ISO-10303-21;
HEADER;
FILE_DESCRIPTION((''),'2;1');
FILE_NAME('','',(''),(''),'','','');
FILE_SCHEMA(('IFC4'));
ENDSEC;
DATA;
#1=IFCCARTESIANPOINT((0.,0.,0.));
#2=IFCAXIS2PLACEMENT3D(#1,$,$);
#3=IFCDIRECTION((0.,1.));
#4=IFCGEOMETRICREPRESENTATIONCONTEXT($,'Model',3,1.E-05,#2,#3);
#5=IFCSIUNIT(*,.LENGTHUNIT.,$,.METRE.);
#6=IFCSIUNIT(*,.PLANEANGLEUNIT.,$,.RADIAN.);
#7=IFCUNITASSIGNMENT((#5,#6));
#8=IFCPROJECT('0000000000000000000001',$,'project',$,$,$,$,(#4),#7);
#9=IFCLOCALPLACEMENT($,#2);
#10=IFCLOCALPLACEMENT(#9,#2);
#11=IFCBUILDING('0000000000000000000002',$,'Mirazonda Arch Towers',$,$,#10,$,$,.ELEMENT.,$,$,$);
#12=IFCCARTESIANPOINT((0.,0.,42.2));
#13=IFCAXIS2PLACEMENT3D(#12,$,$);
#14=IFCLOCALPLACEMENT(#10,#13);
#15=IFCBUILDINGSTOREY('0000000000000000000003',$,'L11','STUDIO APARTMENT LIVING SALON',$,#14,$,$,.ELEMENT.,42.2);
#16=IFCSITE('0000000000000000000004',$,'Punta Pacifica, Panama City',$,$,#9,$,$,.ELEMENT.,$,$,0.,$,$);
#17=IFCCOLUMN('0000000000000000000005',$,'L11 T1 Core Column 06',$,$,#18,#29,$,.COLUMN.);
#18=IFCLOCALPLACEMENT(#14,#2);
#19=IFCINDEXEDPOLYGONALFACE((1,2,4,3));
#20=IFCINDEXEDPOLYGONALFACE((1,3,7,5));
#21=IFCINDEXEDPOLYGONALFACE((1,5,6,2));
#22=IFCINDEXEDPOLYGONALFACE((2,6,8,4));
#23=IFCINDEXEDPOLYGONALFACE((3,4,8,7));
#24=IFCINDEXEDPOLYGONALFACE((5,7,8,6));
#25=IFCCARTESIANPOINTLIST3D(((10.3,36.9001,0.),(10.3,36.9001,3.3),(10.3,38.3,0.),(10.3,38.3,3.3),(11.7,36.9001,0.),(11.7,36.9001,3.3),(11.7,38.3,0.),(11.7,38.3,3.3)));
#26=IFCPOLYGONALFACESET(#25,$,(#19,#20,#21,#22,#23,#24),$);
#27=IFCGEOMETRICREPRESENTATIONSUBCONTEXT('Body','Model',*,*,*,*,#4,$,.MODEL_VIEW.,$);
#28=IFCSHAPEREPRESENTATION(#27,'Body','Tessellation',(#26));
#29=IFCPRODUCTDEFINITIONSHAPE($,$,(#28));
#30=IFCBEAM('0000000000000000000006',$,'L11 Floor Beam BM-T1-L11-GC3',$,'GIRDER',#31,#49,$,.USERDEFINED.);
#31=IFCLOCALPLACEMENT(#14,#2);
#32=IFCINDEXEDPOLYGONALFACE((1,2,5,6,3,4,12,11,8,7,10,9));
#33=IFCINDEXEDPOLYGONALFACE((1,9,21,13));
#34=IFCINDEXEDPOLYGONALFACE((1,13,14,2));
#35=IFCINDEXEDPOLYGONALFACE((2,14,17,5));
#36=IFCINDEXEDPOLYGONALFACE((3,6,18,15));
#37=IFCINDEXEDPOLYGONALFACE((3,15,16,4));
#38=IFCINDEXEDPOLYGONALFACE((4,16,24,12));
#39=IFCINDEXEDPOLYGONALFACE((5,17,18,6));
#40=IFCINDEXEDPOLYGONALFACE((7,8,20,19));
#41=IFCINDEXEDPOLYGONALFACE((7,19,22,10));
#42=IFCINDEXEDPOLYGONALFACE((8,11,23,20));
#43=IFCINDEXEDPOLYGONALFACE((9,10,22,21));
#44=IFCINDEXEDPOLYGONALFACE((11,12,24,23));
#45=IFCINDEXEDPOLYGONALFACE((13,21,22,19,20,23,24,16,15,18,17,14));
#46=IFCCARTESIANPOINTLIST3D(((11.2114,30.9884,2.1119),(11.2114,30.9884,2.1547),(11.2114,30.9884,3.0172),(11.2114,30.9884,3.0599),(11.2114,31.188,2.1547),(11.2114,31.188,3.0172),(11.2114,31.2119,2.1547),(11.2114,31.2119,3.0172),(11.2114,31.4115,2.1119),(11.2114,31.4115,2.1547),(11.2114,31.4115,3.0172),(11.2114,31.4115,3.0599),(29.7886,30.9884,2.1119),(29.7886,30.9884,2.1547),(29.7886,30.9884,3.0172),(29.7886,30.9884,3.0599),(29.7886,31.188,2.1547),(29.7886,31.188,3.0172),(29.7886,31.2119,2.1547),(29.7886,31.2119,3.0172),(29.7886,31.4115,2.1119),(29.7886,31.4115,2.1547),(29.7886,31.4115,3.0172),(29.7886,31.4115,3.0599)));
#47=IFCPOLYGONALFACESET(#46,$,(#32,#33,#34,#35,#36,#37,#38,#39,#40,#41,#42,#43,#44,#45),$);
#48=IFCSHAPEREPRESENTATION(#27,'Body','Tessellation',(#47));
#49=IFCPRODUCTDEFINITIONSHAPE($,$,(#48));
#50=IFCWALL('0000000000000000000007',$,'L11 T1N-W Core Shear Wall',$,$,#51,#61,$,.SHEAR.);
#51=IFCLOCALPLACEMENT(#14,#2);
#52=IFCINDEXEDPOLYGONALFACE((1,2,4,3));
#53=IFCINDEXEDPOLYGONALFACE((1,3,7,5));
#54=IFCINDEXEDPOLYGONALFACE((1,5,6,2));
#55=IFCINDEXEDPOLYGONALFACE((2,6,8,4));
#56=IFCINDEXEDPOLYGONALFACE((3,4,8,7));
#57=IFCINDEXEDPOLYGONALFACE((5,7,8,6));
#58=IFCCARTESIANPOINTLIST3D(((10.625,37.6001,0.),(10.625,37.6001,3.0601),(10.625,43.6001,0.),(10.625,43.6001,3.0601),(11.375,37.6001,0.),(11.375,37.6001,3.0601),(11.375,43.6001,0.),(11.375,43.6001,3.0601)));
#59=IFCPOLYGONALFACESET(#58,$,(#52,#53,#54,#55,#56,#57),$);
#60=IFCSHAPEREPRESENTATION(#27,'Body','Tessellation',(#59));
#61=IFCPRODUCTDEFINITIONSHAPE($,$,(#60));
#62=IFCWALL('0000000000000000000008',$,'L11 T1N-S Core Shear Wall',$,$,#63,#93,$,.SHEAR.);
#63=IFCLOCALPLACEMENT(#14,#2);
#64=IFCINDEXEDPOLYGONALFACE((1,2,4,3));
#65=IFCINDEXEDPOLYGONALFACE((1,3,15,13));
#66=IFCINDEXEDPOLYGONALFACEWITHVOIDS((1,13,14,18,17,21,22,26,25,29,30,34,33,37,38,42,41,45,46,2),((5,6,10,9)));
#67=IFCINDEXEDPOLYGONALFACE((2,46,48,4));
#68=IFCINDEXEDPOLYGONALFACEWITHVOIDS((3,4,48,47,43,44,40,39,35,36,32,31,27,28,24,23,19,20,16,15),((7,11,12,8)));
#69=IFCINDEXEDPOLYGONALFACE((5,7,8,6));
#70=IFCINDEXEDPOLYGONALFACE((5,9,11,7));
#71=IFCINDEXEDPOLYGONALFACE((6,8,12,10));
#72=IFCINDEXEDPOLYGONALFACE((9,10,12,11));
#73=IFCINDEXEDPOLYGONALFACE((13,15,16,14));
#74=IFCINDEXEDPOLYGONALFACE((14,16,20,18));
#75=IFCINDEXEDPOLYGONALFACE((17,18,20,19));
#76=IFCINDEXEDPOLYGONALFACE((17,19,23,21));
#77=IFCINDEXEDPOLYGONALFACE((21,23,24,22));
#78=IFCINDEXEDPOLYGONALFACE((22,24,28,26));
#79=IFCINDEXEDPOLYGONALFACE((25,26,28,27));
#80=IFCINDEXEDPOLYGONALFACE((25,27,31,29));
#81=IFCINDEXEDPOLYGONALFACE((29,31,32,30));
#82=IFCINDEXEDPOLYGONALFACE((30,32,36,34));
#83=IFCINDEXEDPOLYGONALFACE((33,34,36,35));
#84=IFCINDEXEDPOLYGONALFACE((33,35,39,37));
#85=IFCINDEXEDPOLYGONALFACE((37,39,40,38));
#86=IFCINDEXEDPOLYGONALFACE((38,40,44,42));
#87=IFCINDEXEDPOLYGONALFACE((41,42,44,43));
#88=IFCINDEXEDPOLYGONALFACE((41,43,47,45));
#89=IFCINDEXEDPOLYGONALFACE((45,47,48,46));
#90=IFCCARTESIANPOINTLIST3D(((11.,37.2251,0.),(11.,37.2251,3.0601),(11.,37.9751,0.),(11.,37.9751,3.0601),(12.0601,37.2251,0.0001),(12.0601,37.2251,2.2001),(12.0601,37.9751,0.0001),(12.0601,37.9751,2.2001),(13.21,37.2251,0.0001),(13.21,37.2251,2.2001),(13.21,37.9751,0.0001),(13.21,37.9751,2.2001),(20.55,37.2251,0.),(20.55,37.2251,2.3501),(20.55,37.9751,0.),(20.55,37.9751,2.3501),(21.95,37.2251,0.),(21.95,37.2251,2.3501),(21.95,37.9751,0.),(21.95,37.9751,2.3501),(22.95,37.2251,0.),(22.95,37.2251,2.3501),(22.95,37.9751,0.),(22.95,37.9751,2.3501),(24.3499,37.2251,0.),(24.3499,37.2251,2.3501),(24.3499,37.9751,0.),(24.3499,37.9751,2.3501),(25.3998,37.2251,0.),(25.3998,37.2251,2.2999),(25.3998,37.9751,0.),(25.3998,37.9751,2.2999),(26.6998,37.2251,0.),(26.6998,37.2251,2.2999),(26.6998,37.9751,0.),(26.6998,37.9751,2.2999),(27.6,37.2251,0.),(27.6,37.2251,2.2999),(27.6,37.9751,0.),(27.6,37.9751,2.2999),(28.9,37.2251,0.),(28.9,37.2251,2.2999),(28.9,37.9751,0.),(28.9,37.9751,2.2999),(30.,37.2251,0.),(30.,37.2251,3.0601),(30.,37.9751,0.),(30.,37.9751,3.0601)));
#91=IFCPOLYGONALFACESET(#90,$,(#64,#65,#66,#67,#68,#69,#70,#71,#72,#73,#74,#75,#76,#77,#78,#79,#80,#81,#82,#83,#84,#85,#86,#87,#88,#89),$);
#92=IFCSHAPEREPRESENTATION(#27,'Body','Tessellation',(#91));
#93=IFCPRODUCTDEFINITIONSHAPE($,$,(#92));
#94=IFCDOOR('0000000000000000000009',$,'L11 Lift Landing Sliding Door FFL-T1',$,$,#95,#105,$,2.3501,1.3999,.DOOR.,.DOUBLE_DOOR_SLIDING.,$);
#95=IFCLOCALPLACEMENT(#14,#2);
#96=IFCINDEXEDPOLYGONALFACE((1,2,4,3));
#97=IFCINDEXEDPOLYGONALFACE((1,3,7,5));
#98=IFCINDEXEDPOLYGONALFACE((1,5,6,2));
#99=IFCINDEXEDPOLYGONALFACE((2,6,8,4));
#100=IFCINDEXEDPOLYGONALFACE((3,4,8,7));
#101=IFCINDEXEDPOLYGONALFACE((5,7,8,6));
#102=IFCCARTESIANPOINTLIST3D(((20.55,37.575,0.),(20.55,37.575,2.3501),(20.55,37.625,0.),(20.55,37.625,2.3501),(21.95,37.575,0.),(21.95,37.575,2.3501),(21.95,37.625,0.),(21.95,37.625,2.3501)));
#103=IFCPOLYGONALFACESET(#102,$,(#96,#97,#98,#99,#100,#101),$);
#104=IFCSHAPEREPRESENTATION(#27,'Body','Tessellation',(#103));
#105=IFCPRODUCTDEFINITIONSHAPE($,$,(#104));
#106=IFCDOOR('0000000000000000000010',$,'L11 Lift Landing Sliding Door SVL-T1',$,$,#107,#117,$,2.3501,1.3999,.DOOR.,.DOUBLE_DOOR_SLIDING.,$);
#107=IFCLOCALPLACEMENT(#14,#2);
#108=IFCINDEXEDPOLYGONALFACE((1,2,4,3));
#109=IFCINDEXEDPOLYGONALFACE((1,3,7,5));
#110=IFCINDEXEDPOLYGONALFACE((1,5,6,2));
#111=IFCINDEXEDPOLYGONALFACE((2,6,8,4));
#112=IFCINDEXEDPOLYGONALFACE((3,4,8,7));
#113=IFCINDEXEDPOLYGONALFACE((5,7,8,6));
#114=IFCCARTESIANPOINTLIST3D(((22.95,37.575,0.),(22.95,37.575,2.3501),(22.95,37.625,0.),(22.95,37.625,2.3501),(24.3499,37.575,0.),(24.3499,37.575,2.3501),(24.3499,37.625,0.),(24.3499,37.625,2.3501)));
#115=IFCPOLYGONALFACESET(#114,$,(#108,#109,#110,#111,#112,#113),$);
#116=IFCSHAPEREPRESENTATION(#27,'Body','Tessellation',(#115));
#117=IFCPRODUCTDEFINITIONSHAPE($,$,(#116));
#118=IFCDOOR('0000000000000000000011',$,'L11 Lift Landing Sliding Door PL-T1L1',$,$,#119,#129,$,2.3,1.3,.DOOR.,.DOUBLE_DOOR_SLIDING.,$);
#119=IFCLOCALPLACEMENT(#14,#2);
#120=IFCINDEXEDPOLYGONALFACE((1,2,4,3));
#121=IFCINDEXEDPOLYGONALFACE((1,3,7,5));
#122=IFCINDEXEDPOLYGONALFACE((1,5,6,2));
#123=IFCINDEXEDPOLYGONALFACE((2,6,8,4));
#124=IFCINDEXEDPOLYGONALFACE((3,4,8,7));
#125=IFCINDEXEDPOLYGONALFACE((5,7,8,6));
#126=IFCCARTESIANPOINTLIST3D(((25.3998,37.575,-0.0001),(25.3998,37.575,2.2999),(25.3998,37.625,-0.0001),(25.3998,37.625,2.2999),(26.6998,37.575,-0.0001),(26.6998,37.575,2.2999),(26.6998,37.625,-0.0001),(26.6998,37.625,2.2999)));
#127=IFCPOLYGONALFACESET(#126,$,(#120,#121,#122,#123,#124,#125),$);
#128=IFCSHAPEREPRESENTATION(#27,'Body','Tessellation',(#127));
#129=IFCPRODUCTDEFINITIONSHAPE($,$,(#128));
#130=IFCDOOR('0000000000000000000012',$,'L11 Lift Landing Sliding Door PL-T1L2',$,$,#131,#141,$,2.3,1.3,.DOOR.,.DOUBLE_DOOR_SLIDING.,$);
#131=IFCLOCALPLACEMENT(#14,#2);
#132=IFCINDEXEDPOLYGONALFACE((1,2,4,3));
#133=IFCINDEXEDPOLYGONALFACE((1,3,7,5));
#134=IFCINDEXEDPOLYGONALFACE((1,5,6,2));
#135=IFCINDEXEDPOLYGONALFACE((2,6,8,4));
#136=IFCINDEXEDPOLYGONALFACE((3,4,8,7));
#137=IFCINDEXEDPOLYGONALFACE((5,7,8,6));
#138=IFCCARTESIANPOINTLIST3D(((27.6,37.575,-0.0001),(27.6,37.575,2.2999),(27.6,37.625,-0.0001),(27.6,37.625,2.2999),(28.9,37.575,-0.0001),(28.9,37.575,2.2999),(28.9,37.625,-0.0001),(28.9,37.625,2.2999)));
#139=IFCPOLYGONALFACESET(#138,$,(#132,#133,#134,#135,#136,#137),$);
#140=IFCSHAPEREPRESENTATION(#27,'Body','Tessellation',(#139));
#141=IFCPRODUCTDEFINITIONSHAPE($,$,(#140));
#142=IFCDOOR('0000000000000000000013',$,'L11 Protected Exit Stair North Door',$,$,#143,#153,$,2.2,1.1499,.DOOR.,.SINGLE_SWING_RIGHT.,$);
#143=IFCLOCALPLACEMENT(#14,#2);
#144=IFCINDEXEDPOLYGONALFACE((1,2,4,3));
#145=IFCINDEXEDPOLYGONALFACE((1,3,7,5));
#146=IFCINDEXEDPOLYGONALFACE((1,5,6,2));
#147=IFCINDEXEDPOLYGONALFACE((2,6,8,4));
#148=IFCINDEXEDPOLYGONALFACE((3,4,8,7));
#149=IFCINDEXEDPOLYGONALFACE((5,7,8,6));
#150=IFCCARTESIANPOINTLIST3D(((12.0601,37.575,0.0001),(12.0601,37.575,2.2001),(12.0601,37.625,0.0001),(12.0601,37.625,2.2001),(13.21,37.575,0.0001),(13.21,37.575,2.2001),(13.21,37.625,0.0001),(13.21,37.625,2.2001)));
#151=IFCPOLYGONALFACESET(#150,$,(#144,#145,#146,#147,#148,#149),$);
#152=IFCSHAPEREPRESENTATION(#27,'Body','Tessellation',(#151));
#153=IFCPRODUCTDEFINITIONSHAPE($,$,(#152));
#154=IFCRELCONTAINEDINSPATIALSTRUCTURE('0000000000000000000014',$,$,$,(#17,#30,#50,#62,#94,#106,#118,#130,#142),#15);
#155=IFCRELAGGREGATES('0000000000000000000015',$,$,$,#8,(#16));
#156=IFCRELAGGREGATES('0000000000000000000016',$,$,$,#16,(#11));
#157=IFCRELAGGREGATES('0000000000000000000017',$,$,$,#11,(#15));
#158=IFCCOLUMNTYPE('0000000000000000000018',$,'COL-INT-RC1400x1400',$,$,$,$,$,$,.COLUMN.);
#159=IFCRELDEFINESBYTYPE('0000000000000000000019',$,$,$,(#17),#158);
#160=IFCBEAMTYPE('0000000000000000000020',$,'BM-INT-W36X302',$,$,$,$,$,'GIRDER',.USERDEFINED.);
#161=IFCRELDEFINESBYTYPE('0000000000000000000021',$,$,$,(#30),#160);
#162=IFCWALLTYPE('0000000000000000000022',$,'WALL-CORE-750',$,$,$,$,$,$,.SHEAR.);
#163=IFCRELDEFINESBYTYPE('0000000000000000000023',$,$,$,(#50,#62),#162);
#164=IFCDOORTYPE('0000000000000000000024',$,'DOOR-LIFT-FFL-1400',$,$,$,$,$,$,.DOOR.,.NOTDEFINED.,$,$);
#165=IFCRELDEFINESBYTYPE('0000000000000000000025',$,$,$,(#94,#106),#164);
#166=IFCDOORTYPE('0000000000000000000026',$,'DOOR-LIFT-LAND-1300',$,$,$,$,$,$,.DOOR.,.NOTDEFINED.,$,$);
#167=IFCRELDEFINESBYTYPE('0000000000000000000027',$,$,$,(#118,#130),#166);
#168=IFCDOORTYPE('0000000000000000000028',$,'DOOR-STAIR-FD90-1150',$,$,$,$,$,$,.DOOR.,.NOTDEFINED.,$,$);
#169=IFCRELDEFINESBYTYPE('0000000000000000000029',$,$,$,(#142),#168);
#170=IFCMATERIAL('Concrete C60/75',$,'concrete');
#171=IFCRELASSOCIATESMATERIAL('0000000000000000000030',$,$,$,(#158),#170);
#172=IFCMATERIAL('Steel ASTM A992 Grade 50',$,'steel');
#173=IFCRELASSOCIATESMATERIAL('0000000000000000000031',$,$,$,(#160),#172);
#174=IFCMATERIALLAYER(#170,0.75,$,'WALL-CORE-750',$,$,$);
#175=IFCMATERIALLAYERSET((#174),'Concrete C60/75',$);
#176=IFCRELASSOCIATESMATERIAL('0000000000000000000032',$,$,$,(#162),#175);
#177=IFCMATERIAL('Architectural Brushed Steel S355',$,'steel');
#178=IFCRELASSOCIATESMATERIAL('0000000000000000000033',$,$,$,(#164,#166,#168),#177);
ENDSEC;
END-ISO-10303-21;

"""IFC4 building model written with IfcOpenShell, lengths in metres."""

from ifc_helpers import new_model, si_unit, direction, frame, frame_2d, origin, origin_2d, place, context, subcontext, project, spatial, rectangle, i_section, extrude, material, layer, layer_set, material_profile, profile_set, type_object, element, fill, save


model = new_model("IFC4")

# Units and contexts
model_context = context("Model", 3, precision=1e-05, world=origin(), true_north=direction((0.0, 1.0)))
body_context = subcontext(model_context, "Body", "Model", "MODEL_VIEW")
ifc_project = project(units=[si_unit("LENGTHUNIT", "METRE"), si_unit("PLANEANGLEUNIT", "RADIAN")], contexts=[model_context])

# Site, building, storey
site_placement = place(None, origin())
site = spatial("IfcSite", under=ifc_project, at=site_placement, Name="Punta Pacifica, Panama City", CompositionType="ELEMENT", RefElevation=0.0)
building_placement = place(site_placement, origin())
building = spatial("IfcBuilding", under=site, at=building_placement, Name="Mirazonda Arch Towers", CompositionType="ELEMENT")
storey_placement = place(building_placement, frame((0.0, 0.0, 42.2)))
storey = spatial("IfcBuildingStorey", under=building, at=storey_placement, Name="L11", Description="STUDIO APARTMENT LIVING SALON", CompositionType="ELEMENT", Elevation=42.2)

# Column
ifc_material_1 = material(Name="Concrete C60/75", Category="concrete")
ifc_material_profile_1 = material_profile(ifc_material_1, rectangle(XDim=1.3999, YDim=1.3999, at=origin_2d()), Name="RC1400x1400")
ifc_profile_set_1 = profile_set([ifc_material_profile_1], Name="Concrete C60/75")
column_type = type_object("IfcColumnType", Name="COL-INT-RC1400x1400", PredefinedType="COLUMN", material=ifc_profile_set_1)
column_placement = place(storey_placement, frame((11.0, 37.6001, 0.0), z_axis=(0.0, 0.0, 1.0), x_axis=(1.0, 0.0, 0.0)))
element("IfcColumn", 1, at=column_placement, inside=storey, type_object=column_type, Name="L11 T1 Core Column 06", PredefinedType="COLUMN", context=body_context, shape_type="SweptSolid", body=[
    extrude(rectangle(XDim=1.3999, YDim=1.3999, at=origin_2d()), origin(), (0.0, 0.0, 1.0), 3.3),
])

# Beam
ifc_material_2 = material(Name="Steel ASTM A992 Grade 50", Category="steel")
ifc_material_profile_2 = material_profile(ifc_material_2, i_section(OverallWidth=0.4231, OverallDepth=0.948, WebThickness=0.0239, FlangeThickness=0.0427, at=origin_2d()), Name="W36X302")
ifc_profile_set_2 = profile_set([ifc_material_profile_2], Name="Steel ASTM A992 Grade 50")
beam_type = type_object("IfcBeamType", Name="BM-INT-W36X302", ElementType="GIRDER", PredefinedType="USERDEFINED", material=ifc_profile_set_2)
beam_placement = place(storey_placement, frame((11.2114, 31.2, 2.5859), z_axis=(1.0, 0.0, 0.0), x_axis=(0.0, 1.0, 0.0)))
element("IfcBeam", 2, at=beam_placement, inside=storey, type_object=beam_type, Name="L11 Floor Beam BM-T1-L11-GC3", ObjectType="GIRDER", PredefinedType="USERDEFINED", context=body_context, shape_type="SweptSolid", body=[
    extrude(i_section(OverallWidth=0.4231, OverallDepth=0.948, WebThickness=0.0239, FlangeThickness=0.0427, at=origin_2d()), origin(), (0.0, 0.0, 1.0), 18.5771),
])

# Wall
ifc_layer_1 = layer(ifc_material_1, 0.75, Name="WALL-CORE-750")
ifc_layer_set_1 = layer_set([ifc_layer_1], Name="Concrete C60/75")
wall_type_1 = type_object("IfcWallType", Name="WALL-CORE-750", PredefinedType="SHEAR", material=ifc_layer_set_1)
wall_1_placement = place(storey_placement, frame((11.0, 37.6001, 0.0), z_axis=(0.0, 0.0, 1.0), x_axis=(0.0, 1.0, 0.0)))
element("IfcWall", 3, at=wall_1_placement, inside=storey, type_object=wall_type_1, Name="L11 T1N-W Core Shear Wall", PredefinedType="SHEAR", context=body_context, shape_type="SweptSolid", body=[
    extrude(rectangle(XDim=6.0, YDim=0.75, at=frame_2d((3.0, 0.0))), origin(), (0.0, 0.0, 1.0), 3.0601),
])

# Wall, openings, doors
wall_2_placement = place(storey_placement, frame((11.0, 37.6001, 0.0), z_axis=(0.0, 0.0, 1.0), x_axis=(1.0, 0.0, 0.0)))
wall_2 = element("IfcWall", 4, at=wall_2_placement, inside=storey, type_object=wall_type_1, Name="L11 T1N-S Core Shear Wall", PredefinedType="SHEAR", context=body_context, shape_type="SweptSolid", body=[
    extrude(rectangle(XDim=19.0, YDim=0.75, at=frame_2d((9.5, 0.0))), origin(), (0.0, 0.0, 1.0), 3.0601),
])
opening_1_placement = place(wall_2_placement, frame((1.0601, 0.0, 0.0)))
opening_1 = element("IfcOpeningElement", 5, at=opening_1_placement, cuts=wall_2, PredefinedType="OPENING", context=body_context, shape_type="SweptSolid", body=[
    extrude(rectangle(XDim=1.1499, YDim=2.2, at=frame_2d((0.575, 1.1001))), frame((0.0, 0.385, 0.0), z_axis=(0.0, -1.0, 0.0), x_axis=(1.0, 0.0, 0.0)), (0.0, 0.0, 1.0), 0.77),
])
opening_2_placement = place(wall_2_placement, frame((9.55, 0.0, 0.0)))
opening_2 = element("IfcOpeningElement", 6, at=opening_2_placement, cuts=wall_2, PredefinedType="OPENING", context=body_context, shape_type="SweptSolid", body=[
    extrude(rectangle(XDim=1.3999, YDim=2.3501, at=frame_2d((0.7, 1.175))), frame((0.0, 0.385, 0.0), z_axis=(0.0, -1.0, 0.0), x_axis=(1.0, 0.0, 0.0)), (0.0, 0.0, 1.0), 0.77),
])
opening_3_placement = place(wall_2_placement, frame((11.95, 0.0, 0.0)))
opening_3 = element("IfcOpeningElement", 7, at=opening_3_placement, cuts=wall_2, PredefinedType="OPENING", context=body_context, shape_type="SweptSolid", body=[
    extrude(rectangle(XDim=1.3999, YDim=2.3501, at=frame_2d((0.7, 1.175))), frame((0.0, 0.385, 0.0), z_axis=(0.0, -1.0, 0.0), x_axis=(1.0, 0.0, 0.0)), (0.0, 0.0, 1.0), 0.77),
])
opening_4_placement = place(wall_2_placement, frame((14.3999, 0.0, 0.0)))
opening_4 = element("IfcOpeningElement", 8, at=opening_4_placement, cuts=wall_2, PredefinedType="OPENING", context=body_context, shape_type="SweptSolid", body=[
    extrude(rectangle(XDim=1.3, YDim=2.3, at=frame_2d((0.6499, 1.1499))), frame((0.0, 0.385, 0.0), z_axis=(0.0, -1.0, 0.0), x_axis=(1.0, 0.0, 0.0)), (0.0, 0.0, 1.0), 0.77),
])
opening_5_placement = place(wall_2_placement, frame((16.6001, 0.0, 0.0)))
opening_5 = element("IfcOpeningElement", 9, at=opening_5_placement, cuts=wall_2, PredefinedType="OPENING", context=body_context, shape_type="SweptSolid", body=[
    extrude(rectangle(XDim=1.3, YDim=2.3, at=frame_2d((0.6499, 1.1499))), frame((0.0, 0.385, 0.0), z_axis=(0.0, -1.0, 0.0), x_axis=(1.0, 0.0, 0.0)), (0.0, 0.0, 1.0), 0.77),
])
ifc_material_3 = material(Name="Architectural Brushed Steel S355", Category="steel")
door_type_1 = type_object("IfcDoorType", Name="DOOR-LIFT-FFL-1400", OperationType="NOTDEFINED", PredefinedType="DOOR", material=ifc_material_3)
door_1_placement = place(opening_2_placement, origin())
door_1 = element("IfcDoor", 10, at=door_1_placement, inside=storey, type_object=door_type_1, Name="L11 Lift Landing Sliding Door FFL-T1", OperationType="DOUBLE_DOOR_SLIDING", OverallHeight=2.3501, OverallWidth=1.3999, PredefinedType="DOOR", context=body_context, shape_type="SweptSolid", body=[
    extrude(rectangle(XDim=1.3999, YDim=2.3501, at=frame_2d((0.7, 1.175))), frame((0.0, 0.0249, 0.0), z_axis=(0.0, -1.0, 0.0), x_axis=(1.0, 0.0, 0.0)), (0.0, 0.0, 1.0), 0.05),
])
fill(opening_2, door_1)
door_2_placement = place(opening_3_placement, origin())
door_2 = element("IfcDoor", 11, at=door_2_placement, inside=storey, type_object=door_type_1, Name="L11 Lift Landing Sliding Door SVL-T1", OperationType="DOUBLE_DOOR_SLIDING", OverallHeight=2.3501, OverallWidth=1.3999, PredefinedType="DOOR", context=body_context, shape_type="SweptSolid", body=[
    extrude(rectangle(XDim=1.3999, YDim=2.3501, at=frame_2d((0.7, 1.175))), frame((0.0, 0.0249, 0.0), z_axis=(0.0, -1.0, 0.0), x_axis=(1.0, 0.0, 0.0)), (0.0, 0.0, 1.0), 0.05),
])
fill(opening_3, door_2)
door_type_2 = type_object("IfcDoorType", Name="DOOR-LIFT-LAND-1300", OperationType="NOTDEFINED", PredefinedType="DOOR", material=ifc_material_3)
door_3_placement = place(opening_4_placement, origin())
door_3 = element("IfcDoor", 12, at=door_3_placement, inside=storey, type_object=door_type_2, Name="L11 Lift Landing Sliding Door PL-T1L1", OperationType="DOUBLE_DOOR_SLIDING", OverallHeight=2.3, OverallWidth=1.3, PredefinedType="DOOR", context=body_context, shape_type="SweptSolid", body=[
    extrude(rectangle(XDim=1.3, YDim=2.3, at=frame_2d((0.6499, 1.1499))), frame((0.0, 0.0249, 0.0), z_axis=(0.0, -1.0, 0.0), x_axis=(1.0, 0.0, 0.0)), (0.0, 0.0, 1.0), 0.05),
])
fill(opening_4, door_3)
door_4_placement = place(opening_5_placement, origin())
door_4 = element("IfcDoor", 13, at=door_4_placement, inside=storey, type_object=door_type_2, Name="L11 Lift Landing Sliding Door PL-T1L2", OperationType="DOUBLE_DOOR_SLIDING", OverallHeight=2.3, OverallWidth=1.3, PredefinedType="DOOR", context=body_context, shape_type="SweptSolid", body=[
    extrude(rectangle(XDim=1.3, YDim=2.3, at=frame_2d((0.6499, 1.1499))), frame((0.0, 0.0249, 0.0), z_axis=(0.0, -1.0, 0.0), x_axis=(1.0, 0.0, 0.0)), (0.0, 0.0, 1.0), 0.05),
])
fill(opening_5, door_4)
door_type_3 = type_object("IfcDoorType", Name="DOOR-STAIR-FD90-1150", OperationType="NOTDEFINED", PredefinedType="DOOR", material=ifc_material_3)
door_5_placement = place(opening_1_placement, origin())
door_5 = element("IfcDoor", 14, at=door_5_placement, inside=storey, type_object=door_type_3, Name="L11 Protected Exit Stair North Door", OperationType="SINGLE_SWING_RIGHT", OverallHeight=2.2, OverallWidth=1.1499, PredefinedType="DOOR", context=body_context, shape_type="SweptSolid", body=[
    extrude(rectangle(XDim=1.1499, YDim=2.2, at=frame_2d((0.575, 1.1001))), frame((0.0, 0.0249, 0.0), z_axis=(0.0, -1.0, 0.0), x_axis=(1.0, 0.0, 0.0)), (0.0, 0.0, 1.0), 0.05),
])
fill(opening_1, door_5)

save(model, "model.ifc")
